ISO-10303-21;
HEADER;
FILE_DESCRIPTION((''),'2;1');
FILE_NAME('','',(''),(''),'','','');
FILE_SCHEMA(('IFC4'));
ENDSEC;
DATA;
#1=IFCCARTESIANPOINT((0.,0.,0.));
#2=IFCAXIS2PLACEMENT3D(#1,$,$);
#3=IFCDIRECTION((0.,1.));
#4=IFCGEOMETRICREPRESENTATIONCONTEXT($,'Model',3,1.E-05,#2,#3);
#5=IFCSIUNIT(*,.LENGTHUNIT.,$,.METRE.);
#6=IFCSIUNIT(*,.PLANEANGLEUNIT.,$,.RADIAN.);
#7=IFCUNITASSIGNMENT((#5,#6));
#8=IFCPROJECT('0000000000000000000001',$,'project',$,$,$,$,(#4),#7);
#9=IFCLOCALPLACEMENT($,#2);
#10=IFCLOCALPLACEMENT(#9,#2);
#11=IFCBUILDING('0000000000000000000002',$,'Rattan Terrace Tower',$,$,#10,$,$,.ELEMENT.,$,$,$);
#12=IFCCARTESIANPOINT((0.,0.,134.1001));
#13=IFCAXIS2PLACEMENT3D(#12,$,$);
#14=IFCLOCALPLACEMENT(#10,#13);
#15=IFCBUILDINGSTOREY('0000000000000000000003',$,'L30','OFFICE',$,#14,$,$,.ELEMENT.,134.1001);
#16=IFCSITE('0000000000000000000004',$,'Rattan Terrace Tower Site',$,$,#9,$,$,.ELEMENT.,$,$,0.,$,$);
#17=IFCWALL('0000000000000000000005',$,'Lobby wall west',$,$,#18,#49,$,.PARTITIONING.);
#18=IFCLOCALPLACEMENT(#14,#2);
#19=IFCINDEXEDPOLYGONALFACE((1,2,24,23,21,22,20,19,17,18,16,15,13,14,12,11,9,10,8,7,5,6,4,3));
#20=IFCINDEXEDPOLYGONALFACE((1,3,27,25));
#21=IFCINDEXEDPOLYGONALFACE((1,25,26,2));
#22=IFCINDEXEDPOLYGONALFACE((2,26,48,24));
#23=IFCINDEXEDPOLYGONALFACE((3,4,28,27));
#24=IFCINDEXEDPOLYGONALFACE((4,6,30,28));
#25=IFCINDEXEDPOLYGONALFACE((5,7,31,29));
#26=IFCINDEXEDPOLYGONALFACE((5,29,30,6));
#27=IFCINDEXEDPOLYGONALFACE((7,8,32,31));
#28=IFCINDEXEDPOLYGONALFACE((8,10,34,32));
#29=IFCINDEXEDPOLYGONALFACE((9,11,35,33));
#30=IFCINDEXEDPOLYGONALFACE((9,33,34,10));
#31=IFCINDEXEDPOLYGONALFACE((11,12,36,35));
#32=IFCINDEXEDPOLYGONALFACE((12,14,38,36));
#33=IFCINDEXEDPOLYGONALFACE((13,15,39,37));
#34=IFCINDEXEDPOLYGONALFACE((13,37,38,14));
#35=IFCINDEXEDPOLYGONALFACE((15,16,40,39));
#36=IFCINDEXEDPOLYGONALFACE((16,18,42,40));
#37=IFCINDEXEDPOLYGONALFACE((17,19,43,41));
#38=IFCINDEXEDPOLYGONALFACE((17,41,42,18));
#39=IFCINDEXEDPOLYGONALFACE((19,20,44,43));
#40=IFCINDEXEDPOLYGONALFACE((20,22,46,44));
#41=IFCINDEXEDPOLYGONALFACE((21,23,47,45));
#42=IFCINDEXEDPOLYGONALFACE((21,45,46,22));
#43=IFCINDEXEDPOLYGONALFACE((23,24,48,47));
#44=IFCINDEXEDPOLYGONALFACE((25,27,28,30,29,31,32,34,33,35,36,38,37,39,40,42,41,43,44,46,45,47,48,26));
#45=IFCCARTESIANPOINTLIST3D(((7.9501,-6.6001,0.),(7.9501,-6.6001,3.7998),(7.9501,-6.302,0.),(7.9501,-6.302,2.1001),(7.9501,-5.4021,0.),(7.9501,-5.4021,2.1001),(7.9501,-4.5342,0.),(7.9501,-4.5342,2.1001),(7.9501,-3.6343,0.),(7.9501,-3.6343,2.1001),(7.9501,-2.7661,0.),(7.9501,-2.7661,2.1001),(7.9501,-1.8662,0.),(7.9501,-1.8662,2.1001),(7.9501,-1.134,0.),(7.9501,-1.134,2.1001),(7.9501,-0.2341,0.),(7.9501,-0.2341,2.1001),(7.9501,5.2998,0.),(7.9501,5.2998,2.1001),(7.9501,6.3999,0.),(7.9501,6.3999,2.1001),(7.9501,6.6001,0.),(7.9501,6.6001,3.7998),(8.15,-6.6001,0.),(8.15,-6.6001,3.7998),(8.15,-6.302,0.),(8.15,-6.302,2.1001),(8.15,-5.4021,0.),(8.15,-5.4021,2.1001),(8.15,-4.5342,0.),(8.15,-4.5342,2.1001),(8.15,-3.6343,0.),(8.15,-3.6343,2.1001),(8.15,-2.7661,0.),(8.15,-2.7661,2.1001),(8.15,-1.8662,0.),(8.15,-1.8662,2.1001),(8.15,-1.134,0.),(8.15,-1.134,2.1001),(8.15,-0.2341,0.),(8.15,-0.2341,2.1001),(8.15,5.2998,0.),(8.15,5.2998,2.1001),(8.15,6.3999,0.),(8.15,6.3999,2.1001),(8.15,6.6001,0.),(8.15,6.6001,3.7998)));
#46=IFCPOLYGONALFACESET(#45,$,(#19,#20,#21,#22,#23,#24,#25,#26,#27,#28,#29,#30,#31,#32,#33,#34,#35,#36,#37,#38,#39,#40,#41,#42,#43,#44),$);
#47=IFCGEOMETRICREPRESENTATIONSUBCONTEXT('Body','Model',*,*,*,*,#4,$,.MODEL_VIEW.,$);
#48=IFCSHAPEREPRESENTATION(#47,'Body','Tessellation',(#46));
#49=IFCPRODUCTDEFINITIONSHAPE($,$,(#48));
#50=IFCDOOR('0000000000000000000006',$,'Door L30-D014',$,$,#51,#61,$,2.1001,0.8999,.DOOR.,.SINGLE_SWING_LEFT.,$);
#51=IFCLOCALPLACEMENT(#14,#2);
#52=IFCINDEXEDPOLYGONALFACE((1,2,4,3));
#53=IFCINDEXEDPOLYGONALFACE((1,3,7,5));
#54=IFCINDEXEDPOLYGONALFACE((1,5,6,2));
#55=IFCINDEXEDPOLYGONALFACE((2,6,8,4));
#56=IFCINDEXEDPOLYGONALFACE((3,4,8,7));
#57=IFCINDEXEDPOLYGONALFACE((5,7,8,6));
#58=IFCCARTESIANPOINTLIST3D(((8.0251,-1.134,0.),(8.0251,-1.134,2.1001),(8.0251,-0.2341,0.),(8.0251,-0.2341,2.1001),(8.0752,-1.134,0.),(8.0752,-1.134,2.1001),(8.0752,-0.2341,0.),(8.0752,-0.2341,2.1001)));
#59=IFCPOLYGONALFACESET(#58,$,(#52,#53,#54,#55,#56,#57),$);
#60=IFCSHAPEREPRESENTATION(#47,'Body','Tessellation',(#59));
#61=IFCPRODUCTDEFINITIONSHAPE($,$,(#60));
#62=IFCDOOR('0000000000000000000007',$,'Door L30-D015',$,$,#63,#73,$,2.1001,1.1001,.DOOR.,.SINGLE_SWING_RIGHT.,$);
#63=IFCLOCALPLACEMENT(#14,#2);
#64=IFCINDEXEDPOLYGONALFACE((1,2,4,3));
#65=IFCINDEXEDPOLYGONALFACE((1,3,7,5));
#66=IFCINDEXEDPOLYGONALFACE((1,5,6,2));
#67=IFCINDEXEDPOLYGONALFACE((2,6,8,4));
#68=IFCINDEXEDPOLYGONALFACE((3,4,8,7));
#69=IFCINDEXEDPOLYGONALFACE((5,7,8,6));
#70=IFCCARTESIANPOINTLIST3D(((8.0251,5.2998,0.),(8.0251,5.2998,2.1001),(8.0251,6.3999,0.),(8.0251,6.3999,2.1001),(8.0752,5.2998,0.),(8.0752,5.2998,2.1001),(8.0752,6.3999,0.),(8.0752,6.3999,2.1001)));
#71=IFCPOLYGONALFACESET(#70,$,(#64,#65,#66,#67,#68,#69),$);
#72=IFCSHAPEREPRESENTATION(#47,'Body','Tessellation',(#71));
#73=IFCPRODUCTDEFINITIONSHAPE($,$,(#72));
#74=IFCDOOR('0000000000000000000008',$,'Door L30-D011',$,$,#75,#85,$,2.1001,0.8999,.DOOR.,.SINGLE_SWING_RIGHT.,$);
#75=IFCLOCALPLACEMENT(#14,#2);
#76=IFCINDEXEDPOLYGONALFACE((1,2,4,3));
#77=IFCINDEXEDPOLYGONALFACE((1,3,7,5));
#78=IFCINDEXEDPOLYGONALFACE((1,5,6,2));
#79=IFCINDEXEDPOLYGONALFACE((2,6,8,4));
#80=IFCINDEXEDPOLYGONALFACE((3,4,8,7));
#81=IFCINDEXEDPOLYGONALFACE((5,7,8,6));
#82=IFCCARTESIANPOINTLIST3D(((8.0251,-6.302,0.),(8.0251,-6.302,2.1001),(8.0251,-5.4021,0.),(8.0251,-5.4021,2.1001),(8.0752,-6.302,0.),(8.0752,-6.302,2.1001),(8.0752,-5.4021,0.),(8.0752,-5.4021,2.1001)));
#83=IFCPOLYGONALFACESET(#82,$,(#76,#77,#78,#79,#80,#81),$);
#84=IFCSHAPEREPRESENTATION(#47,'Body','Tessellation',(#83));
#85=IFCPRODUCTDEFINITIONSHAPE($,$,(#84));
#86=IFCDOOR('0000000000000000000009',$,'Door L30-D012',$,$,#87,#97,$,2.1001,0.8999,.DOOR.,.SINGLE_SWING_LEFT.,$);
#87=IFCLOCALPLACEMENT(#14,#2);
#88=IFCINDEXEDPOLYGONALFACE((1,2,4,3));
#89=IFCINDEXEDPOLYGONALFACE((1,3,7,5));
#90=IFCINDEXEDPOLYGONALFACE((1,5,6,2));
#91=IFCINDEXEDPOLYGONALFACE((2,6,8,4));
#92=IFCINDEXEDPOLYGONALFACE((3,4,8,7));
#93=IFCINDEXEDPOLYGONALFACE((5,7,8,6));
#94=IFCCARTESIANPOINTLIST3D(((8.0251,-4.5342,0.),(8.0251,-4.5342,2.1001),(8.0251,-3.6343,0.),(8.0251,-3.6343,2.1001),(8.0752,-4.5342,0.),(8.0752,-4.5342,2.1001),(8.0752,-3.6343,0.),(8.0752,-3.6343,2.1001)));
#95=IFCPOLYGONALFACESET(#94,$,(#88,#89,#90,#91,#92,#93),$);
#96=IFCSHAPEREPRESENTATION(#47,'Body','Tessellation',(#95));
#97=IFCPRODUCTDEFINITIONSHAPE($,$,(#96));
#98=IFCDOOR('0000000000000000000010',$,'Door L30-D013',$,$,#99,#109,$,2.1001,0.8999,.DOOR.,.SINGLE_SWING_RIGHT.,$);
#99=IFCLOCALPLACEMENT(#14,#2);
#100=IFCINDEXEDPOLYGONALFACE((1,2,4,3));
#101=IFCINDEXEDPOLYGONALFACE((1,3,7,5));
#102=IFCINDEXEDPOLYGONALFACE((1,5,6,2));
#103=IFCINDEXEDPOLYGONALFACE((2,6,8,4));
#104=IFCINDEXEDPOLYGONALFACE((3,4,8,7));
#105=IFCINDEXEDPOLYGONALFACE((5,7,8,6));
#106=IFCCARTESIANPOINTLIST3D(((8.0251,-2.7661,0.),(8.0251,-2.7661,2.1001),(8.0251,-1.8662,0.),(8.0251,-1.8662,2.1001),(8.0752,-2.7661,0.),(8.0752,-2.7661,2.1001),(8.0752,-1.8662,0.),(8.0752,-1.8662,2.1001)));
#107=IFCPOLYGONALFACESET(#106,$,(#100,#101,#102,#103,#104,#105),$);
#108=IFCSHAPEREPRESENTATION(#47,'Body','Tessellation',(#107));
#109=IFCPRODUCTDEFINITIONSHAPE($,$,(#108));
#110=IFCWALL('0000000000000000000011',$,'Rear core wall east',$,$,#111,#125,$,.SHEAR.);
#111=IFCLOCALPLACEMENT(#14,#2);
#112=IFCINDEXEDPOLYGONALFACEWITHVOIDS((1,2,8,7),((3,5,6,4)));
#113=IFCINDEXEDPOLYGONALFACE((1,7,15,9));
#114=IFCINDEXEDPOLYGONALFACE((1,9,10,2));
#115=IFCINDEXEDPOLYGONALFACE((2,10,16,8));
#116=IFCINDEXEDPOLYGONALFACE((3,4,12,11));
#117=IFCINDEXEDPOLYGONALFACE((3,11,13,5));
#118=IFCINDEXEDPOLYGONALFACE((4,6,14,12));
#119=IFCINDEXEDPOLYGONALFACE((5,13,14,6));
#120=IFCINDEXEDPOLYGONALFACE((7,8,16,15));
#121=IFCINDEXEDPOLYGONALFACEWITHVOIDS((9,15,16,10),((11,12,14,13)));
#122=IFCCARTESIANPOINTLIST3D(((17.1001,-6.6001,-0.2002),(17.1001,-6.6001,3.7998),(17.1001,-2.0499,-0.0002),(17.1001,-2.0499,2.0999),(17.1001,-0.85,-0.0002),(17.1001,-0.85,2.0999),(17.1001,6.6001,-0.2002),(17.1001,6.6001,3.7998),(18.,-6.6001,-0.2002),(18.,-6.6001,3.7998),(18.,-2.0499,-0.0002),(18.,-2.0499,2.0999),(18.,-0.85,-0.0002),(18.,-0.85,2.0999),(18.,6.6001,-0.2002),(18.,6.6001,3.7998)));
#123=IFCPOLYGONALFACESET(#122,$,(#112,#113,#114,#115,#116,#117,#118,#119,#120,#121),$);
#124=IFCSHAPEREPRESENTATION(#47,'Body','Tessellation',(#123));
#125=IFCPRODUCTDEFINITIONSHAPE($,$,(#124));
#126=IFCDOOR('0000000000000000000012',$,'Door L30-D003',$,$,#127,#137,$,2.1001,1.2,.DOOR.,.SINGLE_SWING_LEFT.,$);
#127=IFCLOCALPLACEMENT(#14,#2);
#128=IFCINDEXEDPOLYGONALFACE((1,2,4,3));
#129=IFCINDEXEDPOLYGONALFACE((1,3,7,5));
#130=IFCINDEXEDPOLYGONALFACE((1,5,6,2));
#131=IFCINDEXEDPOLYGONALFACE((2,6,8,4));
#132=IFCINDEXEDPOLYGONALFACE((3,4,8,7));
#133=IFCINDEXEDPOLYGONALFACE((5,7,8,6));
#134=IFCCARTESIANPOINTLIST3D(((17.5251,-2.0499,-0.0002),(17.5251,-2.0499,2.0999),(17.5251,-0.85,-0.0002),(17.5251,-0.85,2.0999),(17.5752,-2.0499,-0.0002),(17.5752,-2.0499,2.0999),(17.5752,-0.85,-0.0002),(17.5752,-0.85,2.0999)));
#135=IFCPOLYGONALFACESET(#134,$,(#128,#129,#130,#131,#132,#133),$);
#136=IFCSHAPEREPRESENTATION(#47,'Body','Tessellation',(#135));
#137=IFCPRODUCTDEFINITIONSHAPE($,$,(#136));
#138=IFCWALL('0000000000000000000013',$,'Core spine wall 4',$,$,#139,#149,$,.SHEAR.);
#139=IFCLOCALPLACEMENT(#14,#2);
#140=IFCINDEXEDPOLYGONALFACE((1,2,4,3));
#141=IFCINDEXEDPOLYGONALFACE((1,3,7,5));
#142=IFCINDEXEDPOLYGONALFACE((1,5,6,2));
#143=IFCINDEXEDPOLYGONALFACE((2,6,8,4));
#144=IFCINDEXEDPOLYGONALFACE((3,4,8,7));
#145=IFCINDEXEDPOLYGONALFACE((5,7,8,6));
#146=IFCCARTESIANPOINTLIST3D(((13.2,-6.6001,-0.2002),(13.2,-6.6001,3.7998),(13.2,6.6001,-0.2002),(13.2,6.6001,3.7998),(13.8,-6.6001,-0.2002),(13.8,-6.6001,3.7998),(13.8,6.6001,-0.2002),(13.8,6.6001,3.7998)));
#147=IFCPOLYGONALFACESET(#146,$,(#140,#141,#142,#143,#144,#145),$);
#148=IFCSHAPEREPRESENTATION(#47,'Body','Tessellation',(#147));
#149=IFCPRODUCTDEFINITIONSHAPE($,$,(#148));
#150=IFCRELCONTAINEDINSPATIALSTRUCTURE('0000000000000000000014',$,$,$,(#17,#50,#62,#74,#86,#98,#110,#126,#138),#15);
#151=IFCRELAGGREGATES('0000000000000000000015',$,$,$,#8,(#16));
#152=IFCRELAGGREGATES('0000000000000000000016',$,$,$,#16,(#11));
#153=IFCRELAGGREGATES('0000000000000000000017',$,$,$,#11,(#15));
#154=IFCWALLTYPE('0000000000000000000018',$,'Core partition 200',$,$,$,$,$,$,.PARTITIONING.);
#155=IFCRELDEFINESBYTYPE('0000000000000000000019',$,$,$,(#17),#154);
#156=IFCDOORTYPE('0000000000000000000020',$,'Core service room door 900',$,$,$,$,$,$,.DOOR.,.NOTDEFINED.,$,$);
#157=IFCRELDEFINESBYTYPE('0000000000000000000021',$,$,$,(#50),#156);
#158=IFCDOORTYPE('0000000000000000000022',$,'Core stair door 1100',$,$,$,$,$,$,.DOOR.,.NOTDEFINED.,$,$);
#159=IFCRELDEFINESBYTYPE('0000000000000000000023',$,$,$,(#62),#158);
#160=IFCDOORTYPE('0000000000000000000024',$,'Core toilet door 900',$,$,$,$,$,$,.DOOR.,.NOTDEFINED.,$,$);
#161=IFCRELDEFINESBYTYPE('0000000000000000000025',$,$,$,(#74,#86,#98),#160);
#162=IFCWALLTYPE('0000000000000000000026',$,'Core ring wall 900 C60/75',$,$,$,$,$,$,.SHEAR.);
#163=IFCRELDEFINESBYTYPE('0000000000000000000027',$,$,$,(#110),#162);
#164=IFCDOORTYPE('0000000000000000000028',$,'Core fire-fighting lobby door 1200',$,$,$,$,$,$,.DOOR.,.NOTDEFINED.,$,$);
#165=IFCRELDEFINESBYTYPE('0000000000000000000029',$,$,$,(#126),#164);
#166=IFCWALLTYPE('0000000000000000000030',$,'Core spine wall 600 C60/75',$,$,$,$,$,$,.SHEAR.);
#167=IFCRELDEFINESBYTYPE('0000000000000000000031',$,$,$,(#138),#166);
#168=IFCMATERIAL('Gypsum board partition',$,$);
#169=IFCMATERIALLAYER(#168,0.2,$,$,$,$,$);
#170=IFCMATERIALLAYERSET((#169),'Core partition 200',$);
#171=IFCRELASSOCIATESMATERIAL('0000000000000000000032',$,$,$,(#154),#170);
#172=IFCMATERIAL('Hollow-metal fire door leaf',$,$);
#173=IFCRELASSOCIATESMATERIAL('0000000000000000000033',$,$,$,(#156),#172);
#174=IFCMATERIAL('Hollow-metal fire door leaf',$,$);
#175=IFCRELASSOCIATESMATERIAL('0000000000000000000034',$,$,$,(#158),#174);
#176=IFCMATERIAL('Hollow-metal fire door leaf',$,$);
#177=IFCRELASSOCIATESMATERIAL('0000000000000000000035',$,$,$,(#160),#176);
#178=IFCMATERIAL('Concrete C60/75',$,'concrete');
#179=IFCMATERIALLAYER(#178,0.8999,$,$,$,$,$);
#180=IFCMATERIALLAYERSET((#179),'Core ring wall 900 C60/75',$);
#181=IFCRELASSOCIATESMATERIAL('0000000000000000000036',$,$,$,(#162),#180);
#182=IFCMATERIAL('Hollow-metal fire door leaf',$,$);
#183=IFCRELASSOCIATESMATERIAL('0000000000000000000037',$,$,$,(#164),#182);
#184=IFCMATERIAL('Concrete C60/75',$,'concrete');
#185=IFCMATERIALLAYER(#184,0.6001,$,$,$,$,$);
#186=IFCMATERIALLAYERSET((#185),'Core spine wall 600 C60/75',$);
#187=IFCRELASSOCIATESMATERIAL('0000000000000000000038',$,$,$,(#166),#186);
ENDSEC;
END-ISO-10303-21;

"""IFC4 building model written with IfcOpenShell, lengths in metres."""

from ifc_helpers import new_model, si_unit, direction, frame, frame_2d, origin, place, context, subcontext, project, spatial, rectangle, extrude, material, layer, layer_set, type_object, element, fill, save


model = new_model("IFC4")

# Units and contexts
model_context = context("Model", 3, precision=1e-05, world=origin(), true_north=direction((0.0, 1.0)))
body_context = subcontext(model_context, "Body", "Model", "MODEL_VIEW")
ifc_project = project(units=[si_unit("LENGTHUNIT", "METRE"), si_unit("PLANEANGLEUNIT", "RADIAN")], contexts=[model_context])

# Site, building, storey
site_placement = place(None, origin())
site = spatial("IfcSite", under=ifc_project, at=site_placement, Name="Rattan Terrace Tower Site", CompositionType="ELEMENT", RefElevation=0.0)
building_placement = place(site_placement, origin())
building = spatial("IfcBuilding", under=site, at=building_placement, Name="Rattan Terrace Tower", CompositionType="ELEMENT")
storey_placement = place(building_placement, frame((0.0, 0.0, 134.1001)))
storey = spatial("IfcBuildingStorey", under=building, at=storey_placement, Name="L30", Description="OFFICE", CompositionType="ELEMENT", Elevation=134.1001)

# Shared definitions
ifc_material_1 = material(Name="Gypsum board partition")
ifc_layer_1 = layer(ifc_material_1, 0.2)
ifc_layer_set_1 = layer_set([ifc_layer_1], Name="Core partition 200")
wall_type_1 = type_object("IfcWallType", Name="Core partition 200", PredefinedType="PARTITIONING", material=ifc_layer_set_1)

# Wall, openings, doors
wall_1_placement = place(storey_placement, frame((8.05, -6.6001, 0.0), z_axis=(0.0, 0.0, 1.0), x_axis=(0.0, 1.0, 0.0)))
wall_1 = element("IfcWall", 1, at=wall_1_placement, inside=storey, type_object=wall_type_1, Name="Lobby wall west", PredefinedType="PARTITIONING", context=body_context, shape_type="SweptSolid", body=[
    extrude(rectangle(XDim=13.2002, YDim=0.2, at=frame_2d((6.6001, 0.0))), origin(), (0.0, 0.0, 1.0), 3.7998),
])
opening_1_placement = place(wall_1_placement, frame((0.2981, 0.0, 0.0)))
opening_1 = element("IfcOpeningElement", 2, at=opening_1_placement, cuts=wall_1, PredefinedType="OPENING", context=body_context, shape_type="SweptSolid", body=[
    extrude(rectangle(XDim=0.8999, YDim=2.1001, at=frame_2d((0.45, 1.05))), frame((0.0, 0.1106, 0.0), z_axis=(0.0, -1.0, 0.0), x_axis=(1.0, 0.0, 0.0)), (0.0, 0.0, 1.0), 0.2209),
])
opening_2_placement = place(wall_1_placement, frame((2.0659, 0.0, 0.0)))
opening_2 = element("IfcOpeningElement", 3, at=opening_2_placement, cuts=wall_1, PredefinedType="OPENING", context=body_context, shape_type="SweptSolid", body=[
    extrude(rectangle(XDim=0.8999, YDim=2.1001, at=frame_2d((0.45, 1.05))), frame((0.0, 0.1106, 0.0), z_axis=(0.0, -1.0, 0.0), x_axis=(1.0, 0.0, 0.0)), (0.0, 0.0, 1.0), 0.2209),
])
opening_3_placement = place(wall_1_placement, frame((3.834, 0.0, 0.0)))
opening_3 = element("IfcOpeningElement", 4, at=opening_3_placement, cuts=wall_1, PredefinedType="OPENING", context=body_context, shape_type="SweptSolid", body=[
    extrude(rectangle(XDim=0.8999, YDim=2.1001, at=frame_2d((0.45, 1.05))), frame((0.0, 0.1106, 0.0), z_axis=(0.0, -1.0, 0.0), x_axis=(1.0, 0.0, 0.0)), (0.0, 0.0, 1.0), 0.2209),
])
opening_4_placement = place(wall_1_placement, frame((5.4661, 0.0, 0.0)))
opening_4 = element("IfcOpeningElement", 5, at=opening_4_placement, cuts=wall_1, PredefinedType="OPENING", context=body_context, shape_type="SweptSolid", body=[
    extrude(rectangle(XDim=0.8999, YDim=2.1001, at=frame_2d((0.45, 1.05))), frame((0.0, 0.1106, 0.0), z_axis=(0.0, -1.0, 0.0), x_axis=(1.0, 0.0, 0.0)), (0.0, 0.0, 1.0), 0.2209),
])
opening_5_placement = place(wall_1_placement, frame((11.8999, 0.0, 0.0)))
opening_5 = element("IfcOpeningElement", 6, at=opening_5_placement, cuts=wall_1, PredefinedType="OPENING", context=body_context, shape_type="SweptSolid", body=[
    extrude(rectangle(XDim=1.1001, YDim=2.1001, at=frame_2d((0.55, 1.05))), frame((0.0, 0.1106, 0.0), z_axis=(0.0, -1.0, 0.0), x_axis=(1.0, 0.0, 0.0)), (0.0, 0.0, 1.0), 0.2209),
])
ifc_material_2 = material(Name="Hollow-metal fire door leaf")
door_type_1 = type_object("IfcDoorType", Name="Core service room door 900", OperationType="NOTDEFINED", PredefinedType="DOOR", material=ifc_material_2)
door_1_placement = place(opening_4_placement, origin())
door_1 = element("IfcDoor", 7, at=door_1_placement, inside=storey, type_object=door_type_1, Name="Door L30-D014", OperationType="SINGLE_SWING_LEFT", OverallHeight=2.1001, OverallWidth=0.8999, PredefinedType="DOOR", context=body_context, shape_type="SweptSolid", body=[
    extrude(rectangle(XDim=0.8999, YDim=2.1001, at=frame_2d((0.45, 1.05))), frame((0.0, 0.0249, 0.0), z_axis=(0.0, -1.0, 0.0), x_axis=(1.0, 0.0, 0.0)), (0.0, 0.0, 1.0), 0.05),
])
fill(opening_4, door_1)
ifc_material_3 = material(Name="Hollow-metal fire door leaf")
door_type_2 = type_object("IfcDoorType", Name="Core stair door 1100", OperationType="NOTDEFINED", PredefinedType="DOOR", material=ifc_material_3)
door_2_placement = place(opening_5_placement, origin())
door_2 = element("IfcDoor", 8, at=door_2_placement, inside=storey, type_object=door_type_2, Name="Door L30-D015", OperationType="SINGLE_SWING_RIGHT", OverallHeight=2.1001, OverallWidth=1.1001, PredefinedType="DOOR", context=body_context, shape_type="SweptSolid", body=[
    extrude(rectangle(XDim=1.1001, YDim=2.1001, at=frame_2d((0.55, 1.05))), frame((0.0, 0.0249, 0.0), z_axis=(0.0, -1.0, 0.0), x_axis=(1.0, 0.0, 0.0)), (0.0, 0.0, 1.0), 0.05),
])
fill(opening_5, door_2)
ifc_material_4 = material(Name="Hollow-metal fire door leaf")
door_type_3 = type_object("IfcDoorType", Name="Core toilet door 900", OperationType="NOTDEFINED", PredefinedType="DOOR", material=ifc_material_4)
door_3_placement = place(opening_1_placement, origin())
door_3 = element("IfcDoor", 9, at=door_3_placement, inside=storey, type_object=door_type_3, Name="Door L30-D011", OperationType="SINGLE_SWING_RIGHT", OverallHeight=2.1001, OverallWidth=0.8999, PredefinedType="DOOR", context=body_context, shape_type="SweptSolid", body=[
    extrude(rectangle(XDim=0.8999, YDim=2.1001, at=frame_2d((0.45, 1.05))), frame((0.0, 0.0249, 0.0), z_axis=(0.0, -1.0, 0.0), x_axis=(1.0, 0.0, 0.0)), (0.0, 0.0, 1.0), 0.05),
])
fill(opening_1, door_3)
door_4_placement = place(opening_2_placement, origin())
door_4 = element("IfcDoor", 10, at=door_4_placement, inside=storey, type_object=door_type_3, Name="Door L30-D012", OperationType="SINGLE_SWING_LEFT", OverallHeight=2.1001, OverallWidth=0.8999, PredefinedType="DOOR", context=body_context, shape_type="SweptSolid", body=[
    extrude(rectangle(XDim=0.8999, YDim=2.1001, at=frame_2d((0.45, 1.05))), frame((0.0, 0.0249, 0.0), z_axis=(0.0, -1.0, 0.0), x_axis=(1.0, 0.0, 0.0)), (0.0, 0.0, 1.0), 0.05),
])
fill(opening_2, door_4)
door_5_placement = place(opening_3_placement, origin())
door_5 = element("IfcDoor", 11, at=door_5_placement, inside=storey, type_object=door_type_3, Name="Door L30-D013", OperationType="SINGLE_SWING_RIGHT", OverallHeight=2.1001, OverallWidth=0.8999, PredefinedType="DOOR", context=body_context, shape_type="SweptSolid", body=[
    extrude(rectangle(XDim=0.8999, YDim=2.1001, at=frame_2d((0.45, 1.05))), frame((0.0, 0.0249, 0.0), z_axis=(0.0, -1.0, 0.0), x_axis=(1.0, 0.0, 0.0)), (0.0, 0.0, 1.0), 0.05),
])
fill(opening_3, door_5)

# Wall, opening, door
ifc_material_5 = material(Name="Concrete C60/75", Category="concrete")
ifc_layer_2 = layer(ifc_material_5, 0.8999)
ifc_layer_set_2 = layer_set([ifc_layer_2], Name="Core ring wall 900 C60/75")
wall_type_2 = type_object("IfcWallType", Name="Core ring wall 900 C60/75", PredefinedType="SHEAR", material=ifc_layer_set_2)
wall_2_placement = place(storey_placement, frame((17.55, -6.6001, -0.2002), z_axis=(0.0, 0.0, 1.0), x_axis=(0.0, 1.0, 0.0)))
wall_2 = element("IfcWall", 12, at=wall_2_placement, inside=storey, type_object=wall_type_2, Name="Rear core wall east", PredefinedType="SHEAR", context=body_context, shape_type="SweptSolid", body=[
    extrude(rectangle(XDim=13.2002, YDim=0.8999, at=frame_2d((6.6001, 0.0))), origin(), (0.0, 0.0, 1.0), 4.0),
])
opening_6_placement = place(wall_2_placement, frame((4.55, 0.0, 0.2)))
opening_6 = element("IfcOpeningElement", 13, at=opening_6_placement, cuts=wall_2, PredefinedType="OPENING", context=body_context, shape_type="SweptSolid", body=[
    extrude(rectangle(XDim=1.2, YDim=2.1001, at=frame_2d((0.6001, 1.05))), frame((0.0, 0.4604, 0.0), z_axis=(0.0, -1.0, 0.0), x_axis=(1.0, 0.0, 0.0)), (0.0, 0.0, 1.0), 0.9209),
])
ifc_material_6 = material(Name="Hollow-metal fire door leaf")
door_type_4 = type_object("IfcDoorType", Name="Core fire-fighting lobby door 1200", OperationType="NOTDEFINED", PredefinedType="DOOR", material=ifc_material_6)
door_6_placement = place(opening_6_placement, origin())
door_6 = element("IfcDoor", 14, at=door_6_placement, inside=storey, type_object=door_type_4, Name="Door L30-D003", OperationType="SINGLE_SWING_LEFT", OverallHeight=2.1001, OverallWidth=1.2, PredefinedType="DOOR", context=body_context, shape_type="SweptSolid", body=[
    extrude(rectangle(XDim=1.2, YDim=2.1001, at=frame_2d((0.6001, 1.05))), frame((0.0, 0.0249, 0.0), z_axis=(0.0, -1.0, 0.0), x_axis=(1.0, 0.0, 0.0)), (0.0, 0.0, 1.0), 0.05),
])
fill(opening_6, door_6)

# Wall
ifc_material_7 = material(Name="Concrete C60/75", Category="concrete")
ifc_layer_3 = layer(ifc_material_7, 0.6001)
ifc_layer_set_3 = layer_set([ifc_layer_3], Name="Core spine wall 600 C60/75")
wall_type_3 = type_object("IfcWallType", Name="Core spine wall 600 C60/75", PredefinedType="SHEAR", material=ifc_layer_set_3)
wall_3_placement = place(storey_placement, frame((13.5, -6.6001, -0.2002), z_axis=(0.0, 0.0, 1.0), x_axis=(0.0, 1.0, 0.0)))
element("IfcWall", 15, at=wall_3_placement, inside=storey, type_object=wall_type_3, Name="Core spine wall 4", PredefinedType="SHEAR", context=body_context, shape_type="SweptSolid", body=[
    extrude(rectangle(XDim=13.2002, YDim=0.6001, at=frame_2d((6.6001, 0.0))), origin(), (0.0, 0.0, 1.0), 4.0),
])

save(model, "model.ifc")
